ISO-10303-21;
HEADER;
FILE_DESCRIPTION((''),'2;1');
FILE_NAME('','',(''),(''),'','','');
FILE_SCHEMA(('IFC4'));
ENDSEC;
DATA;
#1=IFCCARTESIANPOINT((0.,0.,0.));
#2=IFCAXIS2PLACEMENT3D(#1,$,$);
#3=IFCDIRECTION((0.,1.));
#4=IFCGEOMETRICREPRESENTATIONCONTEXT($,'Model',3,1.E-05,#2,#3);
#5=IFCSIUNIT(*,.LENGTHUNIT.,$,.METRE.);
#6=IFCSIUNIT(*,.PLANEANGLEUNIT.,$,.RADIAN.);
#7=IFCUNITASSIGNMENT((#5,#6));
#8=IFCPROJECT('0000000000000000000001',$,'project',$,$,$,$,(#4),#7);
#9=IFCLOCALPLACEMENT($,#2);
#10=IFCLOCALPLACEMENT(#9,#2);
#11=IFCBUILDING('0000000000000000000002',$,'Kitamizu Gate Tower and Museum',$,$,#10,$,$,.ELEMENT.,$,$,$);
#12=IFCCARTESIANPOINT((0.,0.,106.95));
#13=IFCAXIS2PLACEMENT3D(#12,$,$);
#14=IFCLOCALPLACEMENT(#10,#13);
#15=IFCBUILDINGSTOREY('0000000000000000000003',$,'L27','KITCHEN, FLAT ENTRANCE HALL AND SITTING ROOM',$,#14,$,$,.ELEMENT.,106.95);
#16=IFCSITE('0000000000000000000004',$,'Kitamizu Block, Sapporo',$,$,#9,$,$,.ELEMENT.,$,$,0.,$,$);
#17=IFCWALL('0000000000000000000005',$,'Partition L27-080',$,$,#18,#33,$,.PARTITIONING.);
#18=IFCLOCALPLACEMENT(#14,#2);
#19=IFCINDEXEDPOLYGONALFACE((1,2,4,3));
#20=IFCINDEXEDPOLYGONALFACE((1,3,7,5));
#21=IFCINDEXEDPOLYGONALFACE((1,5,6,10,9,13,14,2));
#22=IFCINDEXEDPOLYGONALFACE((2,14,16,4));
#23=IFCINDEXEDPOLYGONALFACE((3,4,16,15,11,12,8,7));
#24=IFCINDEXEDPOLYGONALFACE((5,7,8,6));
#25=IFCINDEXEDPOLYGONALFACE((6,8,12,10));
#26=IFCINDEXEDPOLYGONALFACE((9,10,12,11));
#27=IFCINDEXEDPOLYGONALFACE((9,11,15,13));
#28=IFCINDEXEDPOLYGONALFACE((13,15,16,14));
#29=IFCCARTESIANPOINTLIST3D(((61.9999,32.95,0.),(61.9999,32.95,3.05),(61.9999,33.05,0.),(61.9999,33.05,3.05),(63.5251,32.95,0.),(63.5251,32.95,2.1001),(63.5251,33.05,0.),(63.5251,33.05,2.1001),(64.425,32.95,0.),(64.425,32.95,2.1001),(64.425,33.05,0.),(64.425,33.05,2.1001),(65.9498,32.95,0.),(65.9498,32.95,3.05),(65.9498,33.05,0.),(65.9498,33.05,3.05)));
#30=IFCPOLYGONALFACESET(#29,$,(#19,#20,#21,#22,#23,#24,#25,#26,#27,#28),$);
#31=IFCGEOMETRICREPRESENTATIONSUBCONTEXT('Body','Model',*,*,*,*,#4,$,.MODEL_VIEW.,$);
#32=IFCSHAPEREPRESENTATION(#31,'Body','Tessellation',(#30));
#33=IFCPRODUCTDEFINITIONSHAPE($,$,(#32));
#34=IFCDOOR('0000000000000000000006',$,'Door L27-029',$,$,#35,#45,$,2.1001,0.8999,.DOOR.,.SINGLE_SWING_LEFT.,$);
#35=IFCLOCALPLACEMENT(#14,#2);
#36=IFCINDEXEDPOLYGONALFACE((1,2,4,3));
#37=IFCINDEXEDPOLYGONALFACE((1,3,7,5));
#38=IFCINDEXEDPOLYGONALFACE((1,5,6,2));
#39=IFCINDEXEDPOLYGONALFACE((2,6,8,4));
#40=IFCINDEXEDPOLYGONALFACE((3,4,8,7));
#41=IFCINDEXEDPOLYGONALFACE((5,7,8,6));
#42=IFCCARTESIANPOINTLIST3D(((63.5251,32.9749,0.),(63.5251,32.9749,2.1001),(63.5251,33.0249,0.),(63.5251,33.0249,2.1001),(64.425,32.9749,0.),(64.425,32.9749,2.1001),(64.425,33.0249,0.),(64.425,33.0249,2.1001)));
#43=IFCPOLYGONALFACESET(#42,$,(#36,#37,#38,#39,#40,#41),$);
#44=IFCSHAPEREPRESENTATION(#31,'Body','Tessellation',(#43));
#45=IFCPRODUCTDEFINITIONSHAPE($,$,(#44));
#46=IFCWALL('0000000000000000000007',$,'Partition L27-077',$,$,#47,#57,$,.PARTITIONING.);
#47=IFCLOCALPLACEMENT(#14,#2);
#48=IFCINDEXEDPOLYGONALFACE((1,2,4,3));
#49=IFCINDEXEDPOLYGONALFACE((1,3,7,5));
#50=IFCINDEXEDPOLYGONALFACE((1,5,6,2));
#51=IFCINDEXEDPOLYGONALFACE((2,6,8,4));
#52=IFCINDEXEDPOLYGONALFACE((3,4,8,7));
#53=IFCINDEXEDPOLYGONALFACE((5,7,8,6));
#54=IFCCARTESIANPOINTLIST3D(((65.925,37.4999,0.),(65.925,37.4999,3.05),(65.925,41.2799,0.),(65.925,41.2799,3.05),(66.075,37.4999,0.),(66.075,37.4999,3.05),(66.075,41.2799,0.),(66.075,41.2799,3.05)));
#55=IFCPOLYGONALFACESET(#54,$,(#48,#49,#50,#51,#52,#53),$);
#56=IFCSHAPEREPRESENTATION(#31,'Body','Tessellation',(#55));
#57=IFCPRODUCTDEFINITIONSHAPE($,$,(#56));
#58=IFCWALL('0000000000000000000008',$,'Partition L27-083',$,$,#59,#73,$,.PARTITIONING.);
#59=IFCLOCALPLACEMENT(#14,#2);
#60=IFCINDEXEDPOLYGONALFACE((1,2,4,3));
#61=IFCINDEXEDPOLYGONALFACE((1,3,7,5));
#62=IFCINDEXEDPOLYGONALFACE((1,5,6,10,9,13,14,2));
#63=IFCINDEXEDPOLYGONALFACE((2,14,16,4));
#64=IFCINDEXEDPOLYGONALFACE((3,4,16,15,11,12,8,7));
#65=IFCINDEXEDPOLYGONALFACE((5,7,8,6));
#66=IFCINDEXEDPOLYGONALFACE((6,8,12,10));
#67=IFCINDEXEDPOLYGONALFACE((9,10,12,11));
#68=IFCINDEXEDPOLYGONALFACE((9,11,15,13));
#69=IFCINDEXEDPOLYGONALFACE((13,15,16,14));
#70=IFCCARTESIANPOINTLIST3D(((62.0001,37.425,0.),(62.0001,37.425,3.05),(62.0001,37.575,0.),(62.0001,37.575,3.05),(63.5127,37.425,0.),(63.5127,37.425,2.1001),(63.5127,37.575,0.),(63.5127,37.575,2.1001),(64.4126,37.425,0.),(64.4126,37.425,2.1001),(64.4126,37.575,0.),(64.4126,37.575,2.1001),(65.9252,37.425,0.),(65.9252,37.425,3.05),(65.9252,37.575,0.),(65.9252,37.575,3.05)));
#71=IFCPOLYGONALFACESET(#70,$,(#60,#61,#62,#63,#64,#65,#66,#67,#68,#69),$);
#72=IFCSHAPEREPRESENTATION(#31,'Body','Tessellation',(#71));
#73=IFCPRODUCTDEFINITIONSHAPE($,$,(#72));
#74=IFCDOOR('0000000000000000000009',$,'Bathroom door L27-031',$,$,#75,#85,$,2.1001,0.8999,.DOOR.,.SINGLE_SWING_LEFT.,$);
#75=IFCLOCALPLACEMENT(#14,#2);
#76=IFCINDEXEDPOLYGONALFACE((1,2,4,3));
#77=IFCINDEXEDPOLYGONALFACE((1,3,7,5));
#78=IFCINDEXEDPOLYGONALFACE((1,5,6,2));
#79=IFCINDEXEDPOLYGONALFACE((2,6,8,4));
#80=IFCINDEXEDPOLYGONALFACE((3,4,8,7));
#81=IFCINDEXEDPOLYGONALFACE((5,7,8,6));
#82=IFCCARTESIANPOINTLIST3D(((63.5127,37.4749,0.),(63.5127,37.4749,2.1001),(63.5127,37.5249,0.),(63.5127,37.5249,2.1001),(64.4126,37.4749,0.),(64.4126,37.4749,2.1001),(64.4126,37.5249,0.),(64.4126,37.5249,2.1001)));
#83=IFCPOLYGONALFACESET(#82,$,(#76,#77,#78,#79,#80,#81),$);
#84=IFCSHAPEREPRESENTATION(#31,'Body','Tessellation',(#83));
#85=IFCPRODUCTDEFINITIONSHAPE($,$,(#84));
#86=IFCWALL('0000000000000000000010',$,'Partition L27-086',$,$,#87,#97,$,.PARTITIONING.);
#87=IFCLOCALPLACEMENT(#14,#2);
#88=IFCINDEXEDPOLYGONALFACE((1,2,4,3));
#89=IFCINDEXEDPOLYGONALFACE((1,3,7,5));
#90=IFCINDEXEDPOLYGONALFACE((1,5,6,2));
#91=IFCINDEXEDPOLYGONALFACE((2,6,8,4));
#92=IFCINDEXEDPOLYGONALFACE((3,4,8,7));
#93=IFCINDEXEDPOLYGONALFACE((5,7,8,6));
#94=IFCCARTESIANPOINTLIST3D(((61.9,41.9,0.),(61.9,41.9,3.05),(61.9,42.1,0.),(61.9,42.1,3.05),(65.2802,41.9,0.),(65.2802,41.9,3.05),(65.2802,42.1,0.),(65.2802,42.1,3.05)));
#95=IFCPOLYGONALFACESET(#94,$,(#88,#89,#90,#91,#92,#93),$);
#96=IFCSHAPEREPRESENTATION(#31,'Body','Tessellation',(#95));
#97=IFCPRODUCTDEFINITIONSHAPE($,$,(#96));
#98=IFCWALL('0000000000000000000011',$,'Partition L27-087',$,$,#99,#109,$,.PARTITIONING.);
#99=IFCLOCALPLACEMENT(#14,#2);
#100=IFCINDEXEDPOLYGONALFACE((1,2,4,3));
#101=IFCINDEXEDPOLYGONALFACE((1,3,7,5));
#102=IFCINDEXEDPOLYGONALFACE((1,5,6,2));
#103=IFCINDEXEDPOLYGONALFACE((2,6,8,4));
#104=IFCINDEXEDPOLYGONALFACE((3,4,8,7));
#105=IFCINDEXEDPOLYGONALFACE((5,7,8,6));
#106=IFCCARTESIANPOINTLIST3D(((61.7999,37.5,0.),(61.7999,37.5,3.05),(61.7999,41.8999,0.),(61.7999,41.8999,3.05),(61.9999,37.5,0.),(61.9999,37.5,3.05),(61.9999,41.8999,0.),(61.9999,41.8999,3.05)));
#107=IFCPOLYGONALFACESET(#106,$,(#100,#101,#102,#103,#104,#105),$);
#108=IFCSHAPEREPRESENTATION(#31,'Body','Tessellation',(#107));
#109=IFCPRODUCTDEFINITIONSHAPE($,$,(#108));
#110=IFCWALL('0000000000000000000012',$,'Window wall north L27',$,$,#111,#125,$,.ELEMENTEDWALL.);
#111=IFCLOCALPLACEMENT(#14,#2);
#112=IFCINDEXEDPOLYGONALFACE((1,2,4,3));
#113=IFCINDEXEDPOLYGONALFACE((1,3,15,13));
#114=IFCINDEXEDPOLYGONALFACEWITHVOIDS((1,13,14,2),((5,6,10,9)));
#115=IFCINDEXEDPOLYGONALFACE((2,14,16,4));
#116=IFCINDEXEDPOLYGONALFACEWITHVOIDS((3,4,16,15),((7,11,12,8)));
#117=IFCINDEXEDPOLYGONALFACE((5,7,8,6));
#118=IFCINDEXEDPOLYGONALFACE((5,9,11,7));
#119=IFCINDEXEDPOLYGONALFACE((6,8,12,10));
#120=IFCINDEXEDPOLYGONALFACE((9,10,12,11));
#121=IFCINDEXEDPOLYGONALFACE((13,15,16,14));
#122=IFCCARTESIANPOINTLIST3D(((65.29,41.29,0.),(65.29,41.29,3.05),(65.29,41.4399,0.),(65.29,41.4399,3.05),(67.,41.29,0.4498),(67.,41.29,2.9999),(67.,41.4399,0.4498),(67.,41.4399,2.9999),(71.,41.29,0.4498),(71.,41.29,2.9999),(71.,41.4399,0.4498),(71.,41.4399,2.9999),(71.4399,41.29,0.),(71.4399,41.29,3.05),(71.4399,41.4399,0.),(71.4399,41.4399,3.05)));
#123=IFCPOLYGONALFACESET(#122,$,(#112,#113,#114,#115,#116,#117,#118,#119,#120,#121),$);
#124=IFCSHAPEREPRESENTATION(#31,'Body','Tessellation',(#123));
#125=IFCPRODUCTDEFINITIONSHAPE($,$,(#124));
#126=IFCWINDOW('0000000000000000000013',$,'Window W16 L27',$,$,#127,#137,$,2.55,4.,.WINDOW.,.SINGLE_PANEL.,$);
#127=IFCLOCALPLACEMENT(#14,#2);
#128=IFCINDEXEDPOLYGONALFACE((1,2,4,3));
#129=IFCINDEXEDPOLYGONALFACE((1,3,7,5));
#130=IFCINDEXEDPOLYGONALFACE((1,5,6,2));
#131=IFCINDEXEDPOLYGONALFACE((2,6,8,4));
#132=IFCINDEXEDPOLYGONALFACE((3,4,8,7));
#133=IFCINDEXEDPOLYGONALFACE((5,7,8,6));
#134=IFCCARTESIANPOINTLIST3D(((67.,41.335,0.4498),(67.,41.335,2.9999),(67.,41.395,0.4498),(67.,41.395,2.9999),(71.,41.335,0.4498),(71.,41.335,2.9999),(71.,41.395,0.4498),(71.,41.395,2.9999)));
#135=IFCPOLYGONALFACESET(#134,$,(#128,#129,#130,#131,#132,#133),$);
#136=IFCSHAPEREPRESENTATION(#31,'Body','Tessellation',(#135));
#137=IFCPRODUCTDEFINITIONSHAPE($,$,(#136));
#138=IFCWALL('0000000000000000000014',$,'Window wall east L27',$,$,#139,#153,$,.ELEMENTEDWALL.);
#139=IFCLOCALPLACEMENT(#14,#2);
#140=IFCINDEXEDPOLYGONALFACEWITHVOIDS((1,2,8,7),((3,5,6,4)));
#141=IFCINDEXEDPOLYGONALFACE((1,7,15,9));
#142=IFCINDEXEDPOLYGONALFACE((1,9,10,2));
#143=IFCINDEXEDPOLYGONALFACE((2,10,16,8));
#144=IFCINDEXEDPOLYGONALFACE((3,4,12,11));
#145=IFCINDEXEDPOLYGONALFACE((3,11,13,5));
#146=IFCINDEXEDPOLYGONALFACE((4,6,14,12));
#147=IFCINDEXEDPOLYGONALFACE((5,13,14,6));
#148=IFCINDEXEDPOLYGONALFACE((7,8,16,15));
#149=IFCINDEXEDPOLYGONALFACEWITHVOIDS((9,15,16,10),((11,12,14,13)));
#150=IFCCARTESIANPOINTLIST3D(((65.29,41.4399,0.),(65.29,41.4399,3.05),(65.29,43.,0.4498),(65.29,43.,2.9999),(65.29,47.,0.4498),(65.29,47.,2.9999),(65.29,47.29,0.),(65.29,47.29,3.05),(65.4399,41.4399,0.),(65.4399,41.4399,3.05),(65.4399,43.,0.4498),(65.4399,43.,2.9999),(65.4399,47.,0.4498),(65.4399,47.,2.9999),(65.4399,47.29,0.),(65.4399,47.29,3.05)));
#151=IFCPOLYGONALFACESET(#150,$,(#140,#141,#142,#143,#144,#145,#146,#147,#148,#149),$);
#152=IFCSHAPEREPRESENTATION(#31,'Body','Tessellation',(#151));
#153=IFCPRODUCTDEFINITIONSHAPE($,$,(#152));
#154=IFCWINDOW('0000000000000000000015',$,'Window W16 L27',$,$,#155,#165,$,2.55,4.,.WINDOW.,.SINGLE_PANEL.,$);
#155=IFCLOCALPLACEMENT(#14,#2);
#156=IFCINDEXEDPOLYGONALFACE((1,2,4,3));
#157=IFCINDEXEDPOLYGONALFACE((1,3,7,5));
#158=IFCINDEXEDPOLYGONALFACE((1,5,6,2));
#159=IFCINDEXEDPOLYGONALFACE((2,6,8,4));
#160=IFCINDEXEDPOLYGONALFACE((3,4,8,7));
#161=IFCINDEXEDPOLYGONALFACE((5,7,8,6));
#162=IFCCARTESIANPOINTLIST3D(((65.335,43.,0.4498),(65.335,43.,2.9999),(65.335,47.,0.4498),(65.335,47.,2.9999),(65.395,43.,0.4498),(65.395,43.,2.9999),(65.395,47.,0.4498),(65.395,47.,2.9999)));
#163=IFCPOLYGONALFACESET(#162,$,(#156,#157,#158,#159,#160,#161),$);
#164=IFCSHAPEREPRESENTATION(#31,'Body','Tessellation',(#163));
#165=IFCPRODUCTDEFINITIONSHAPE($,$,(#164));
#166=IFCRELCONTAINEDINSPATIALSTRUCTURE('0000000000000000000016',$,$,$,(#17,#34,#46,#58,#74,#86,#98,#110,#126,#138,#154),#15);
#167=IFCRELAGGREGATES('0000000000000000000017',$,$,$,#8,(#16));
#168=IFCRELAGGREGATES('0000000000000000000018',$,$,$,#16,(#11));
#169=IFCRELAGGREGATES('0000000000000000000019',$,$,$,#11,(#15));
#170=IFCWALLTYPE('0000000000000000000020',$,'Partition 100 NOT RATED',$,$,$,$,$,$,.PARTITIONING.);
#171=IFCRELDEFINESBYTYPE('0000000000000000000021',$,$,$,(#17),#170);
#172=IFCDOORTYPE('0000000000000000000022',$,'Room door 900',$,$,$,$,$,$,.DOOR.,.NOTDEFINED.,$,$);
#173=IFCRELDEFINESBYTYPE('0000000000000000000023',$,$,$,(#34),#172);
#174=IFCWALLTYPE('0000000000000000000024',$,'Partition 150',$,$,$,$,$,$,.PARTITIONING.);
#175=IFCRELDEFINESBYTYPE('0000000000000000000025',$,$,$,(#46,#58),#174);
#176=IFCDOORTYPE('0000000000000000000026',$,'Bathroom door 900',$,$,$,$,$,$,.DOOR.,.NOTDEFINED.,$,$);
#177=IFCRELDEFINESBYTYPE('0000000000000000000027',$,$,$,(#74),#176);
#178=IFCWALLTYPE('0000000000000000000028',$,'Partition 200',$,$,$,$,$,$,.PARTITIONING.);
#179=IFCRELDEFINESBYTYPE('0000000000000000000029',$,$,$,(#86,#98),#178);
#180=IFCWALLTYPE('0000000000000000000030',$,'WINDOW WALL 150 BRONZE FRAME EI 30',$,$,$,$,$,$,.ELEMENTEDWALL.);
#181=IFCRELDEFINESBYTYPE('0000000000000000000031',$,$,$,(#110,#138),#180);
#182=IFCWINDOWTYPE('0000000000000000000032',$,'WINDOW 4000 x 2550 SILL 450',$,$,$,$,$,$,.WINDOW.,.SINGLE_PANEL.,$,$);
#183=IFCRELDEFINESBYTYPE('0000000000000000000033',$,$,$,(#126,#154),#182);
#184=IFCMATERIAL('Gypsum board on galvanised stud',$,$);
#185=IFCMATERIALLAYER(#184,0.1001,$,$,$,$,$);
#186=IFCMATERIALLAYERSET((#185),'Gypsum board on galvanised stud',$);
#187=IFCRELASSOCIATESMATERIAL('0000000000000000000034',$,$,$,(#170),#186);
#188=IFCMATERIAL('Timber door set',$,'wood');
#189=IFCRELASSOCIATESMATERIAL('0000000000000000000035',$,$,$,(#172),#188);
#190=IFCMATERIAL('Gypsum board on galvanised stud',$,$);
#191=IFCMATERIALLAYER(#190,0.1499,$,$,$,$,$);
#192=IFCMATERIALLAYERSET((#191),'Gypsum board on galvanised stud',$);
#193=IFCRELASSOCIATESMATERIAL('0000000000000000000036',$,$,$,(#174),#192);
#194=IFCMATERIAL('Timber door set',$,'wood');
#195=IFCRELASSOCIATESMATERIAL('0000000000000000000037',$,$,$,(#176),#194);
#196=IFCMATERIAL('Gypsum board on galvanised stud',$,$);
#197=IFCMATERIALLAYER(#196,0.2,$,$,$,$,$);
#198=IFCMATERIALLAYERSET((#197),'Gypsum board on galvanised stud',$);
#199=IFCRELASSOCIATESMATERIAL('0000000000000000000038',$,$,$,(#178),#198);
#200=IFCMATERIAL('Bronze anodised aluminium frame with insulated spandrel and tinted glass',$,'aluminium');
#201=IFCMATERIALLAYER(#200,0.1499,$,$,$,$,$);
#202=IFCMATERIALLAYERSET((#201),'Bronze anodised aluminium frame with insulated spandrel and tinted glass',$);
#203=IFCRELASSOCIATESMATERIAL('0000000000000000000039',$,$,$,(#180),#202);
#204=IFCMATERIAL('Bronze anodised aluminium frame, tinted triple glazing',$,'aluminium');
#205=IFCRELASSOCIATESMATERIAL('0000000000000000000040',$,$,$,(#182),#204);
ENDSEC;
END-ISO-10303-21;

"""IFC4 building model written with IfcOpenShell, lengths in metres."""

from ifc_helpers import new_model, si_unit, direction, frame, frame_2d, origin, place, context, subcontext, project, spatial, rectangle, extrude, material, layer, layer_set, type_object, element, fill, save


model = new_model("IFC4")

# Units and contexts
model_context = context("Model", 3, precision=1e-05, world=origin(), true_north=direction((0.0, 1.0)))
body_context = subcontext(model_context, "Body", "Model", "MODEL_VIEW")
ifc_project = project(units=[si_unit("LENGTHUNIT", "METRE"), si_unit("PLANEANGLEUNIT", "RADIAN")], contexts=[model_context])

# Site, building, storey
site_placement = place(None, origin())
site = spatial("IfcSite", under=ifc_project, at=site_placement, Name="Kitamizu Block, Sapporo", CompositionType="ELEMENT", RefElevation=0.0)
building_placement = place(site_placement, origin())
building = spatial("IfcBuilding", under=site, at=building_placement, Name="Kitamizu Gate Tower and Museum", CompositionType="ELEMENT")
storey_placement = place(building_placement, frame((0.0, 0.0, 106.95)))
storey = spatial("IfcBuildingStorey", under=building, at=storey_placement, Name="L27", Description="KITCHEN, FLAT ENTRANCE HALL AND SITTING ROOM", CompositionType="ELEMENT", Elevation=106.95)

# Shared definitions
ifc_material_1 = material(Name="Gypsum board on galvanised stud")
ifc_layer_1 = layer(ifc_material_1, 0.1001)
ifc_layer_set_1 = layer_set([ifc_layer_1], Name="Gypsum board on galvanised stud")
wall_type_1 = type_object("IfcWallType", Name="Partition 100 NOT RATED", PredefinedType="PARTITIONING", material=ifc_layer_set_1)
ifc_material_2 = material(Name="Timber door set", Category="wood")
door_type_1 = type_object("IfcDoorType", Name="Room door 900", OperationType="NOTDEFINED", PredefinedType="DOOR", material=ifc_material_2)

# Wall, opening, door
wall_1_placement = place(storey_placement, frame((65.95, 33.0, 0.0), z_axis=(0.0, 0.0, 1.0), x_axis=(-1.0, 0.0, 0.0)))
wall_1 = element("IfcWall", 1, at=wall_1_placement, inside=storey, type_object=wall_type_1, Name="Partition L27-080", PredefinedType="PARTITIONING", context=body_context, shape_type="SweptSolid", body=[
    extrude(rectangle(XDim=3.95, YDim=0.1001, at=frame_2d((1.9751, 0.0))), origin(), (0.0, 0.0, 1.0), 3.05),
])
opening_1_placement = place(wall_1_placement, frame((1.5249, 0.0, 0.0)))
opening_1 = element("IfcOpeningElement", 2, at=opening_1_placement, cuts=wall_1, PredefinedType="OPENING", context=body_context, shape_type="SweptSolid", body=[
    extrude(rectangle(XDim=0.8999, YDim=2.1001, at=frame_2d((0.45, 1.05))), frame((0.0, 0.0601, 0.0), z_axis=(0.0, -1.0, 0.0), x_axis=(1.0, 0.0, 0.0)), (0.0, 0.0, 1.0), 0.1201),
])
door_1_placement = place(opening_1_placement, frame((0.8999, 0.0, 0.0), x_axis=(-1.0, 0.0, 0.0)))
door_1 = element("IfcDoor", 3, at=door_1_placement, inside=storey, type_object=door_type_1, Name="Door L27-029", OperationType="SINGLE_SWING_LEFT", OverallHeight=2.1001, OverallWidth=0.8999, PredefinedType="DOOR", context=body_context, shape_type="SweptSolid", body=[
    extrude(rectangle(XDim=0.8999, YDim=2.1001, at=frame_2d((0.45, 1.05))), frame((0.0, 0.0249, 0.0), z_axis=(0.0, -1.0, 0.0), x_axis=(1.0, 0.0, 0.0)), (0.0, 0.0, 1.0), 0.05),
])
fill(opening_1, door_1)

# Wall
ifc_material_3 = material(Name="Gypsum board on galvanised stud")
ifc_layer_2 = layer(ifc_material_3, 0.1499)
ifc_layer_set_2 = layer_set([ifc_layer_2], Name="Gypsum board on galvanised stud")
wall_type_2 = type_object("IfcWallType", Name="Partition 150", PredefinedType="PARTITIONING", material=ifc_layer_set_2)
wall_2_placement = place(storey_placement, frame((66.0, 41.28, 0.0), z_axis=(0.0, 0.0, 1.0), x_axis=(0.0, -1.0, 0.0)))
element("IfcWall", 4, at=wall_2_placement, inside=storey, type_object=wall_type_2, Name="Partition L27-077", PredefinedType="PARTITIONING", context=body_context, shape_type="SweptSolid", body=[
    extrude(rectangle(XDim=3.78, YDim=0.1499, at=frame_2d((1.8901, 0.0))), origin(), (0.0, 0.0, 1.0), 3.05),
])

# Wall, opening, door
wall_3_placement = place(storey_placement, frame((65.925, 37.5, 0.0), z_axis=(0.0, 0.0, 1.0), x_axis=(-1.0, 0.0, 0.0)))
wall_3 = element("IfcWall", 5, at=wall_3_placement, inside=storey, type_object=wall_type_2, Name="Partition L27-083", PredefinedType="PARTITIONING", context=body_context, shape_type="SweptSolid", body=[
    extrude(rectangle(XDim=3.925, YDim=0.1499, at=frame_2d((1.9624, 0.0))), origin(), (0.0, 0.0, 1.0), 3.05),
])
opening_2_placement = place(wall_3_placement, frame((1.5125, 0.0, 0.0)))
opening_2 = element("IfcOpeningElement", 6, at=opening_2_placement, cuts=wall_3, PredefinedType="OPENING", context=body_context, shape_type="SweptSolid", body=[
    extrude(rectangle(XDim=0.8999, YDim=2.1001, at=frame_2d((0.45, 1.05))), frame((0.0, 0.085, 0.0), z_axis=(0.0, -1.0, 0.0), x_axis=(1.0, 0.0, 0.0)), (0.0, 0.0, 1.0), 0.1699),
])
ifc_material_4 = material(Name="Timber door set", Category="wood")
door_type_2 = type_object("IfcDoorType", Name="Bathroom door 900", OperationType="NOTDEFINED", PredefinedType="DOOR", material=ifc_material_4)
door_2_placement = place(opening_2_placement, frame((0.8999, 0.0, 0.0), x_axis=(-1.0, 0.0, 0.0)))
door_2 = element("IfcDoor", 7, at=door_2_placement, inside=storey, type_object=door_type_2, Name="Bathroom door L27-031", OperationType="SINGLE_SWING_LEFT", OverallHeight=2.1001, OverallWidth=0.8999, PredefinedType="DOOR", context=body_context, shape_type="SweptSolid", body=[
    extrude(rectangle(XDim=0.8999, YDim=2.1001, at=frame_2d((0.45, 1.05))), frame((0.0, 0.0249, 0.0), z_axis=(0.0, -1.0, 0.0), x_axis=(1.0, 0.0, 0.0)), (0.0, 0.0, 1.0), 0.05),
])
fill(opening_2, door_2)

# Walls
ifc_material_5 = material(Name="Gypsum board on galvanised stud")
ifc_layer_3 = layer(ifc_material_5, 0.2)
ifc_layer_set_3 = layer_set([ifc_layer_3], Name="Gypsum board on galvanised stud")
wall_type_3 = type_object("IfcWallType", Name="Partition 200", PredefinedType="PARTITIONING", material=ifc_layer_set_3)
wall_4_placement = place(storey_placement, frame((65.28, 42.0, 0.0), z_axis=(0.0, 0.0, 1.0), x_axis=(-1.0, 0.0, 0.0)))
element("IfcWall", 8, at=wall_4_placement, inside=storey, type_object=wall_type_3, Name="Partition L27-086", PredefinedType="PARTITIONING", context=body_context, shape_type="SweptSolid", body=[
    extrude(rectangle(XDim=3.3801, YDim=0.2, at=frame_2d((1.6899, 0.0))), origin(), (0.0, 0.0, 1.0), 3.05),
])
wall_5_placement = place(storey_placement, frame((61.8999, 41.8999, 0.0), z_axis=(0.0, 0.0, 1.0), x_axis=(0.0, -1.0, 0.0)))
element("IfcWall", 9, at=wall_5_placement, inside=storey, type_object=wall_type_3, Name="Partition L27-087", PredefinedType="PARTITIONING", context=body_context, shape_type="SweptSolid", body=[
    extrude(rectangle(XDim=4.3999, YDim=0.2, at=frame_2d((2.2, 0.0))), origin(), (0.0, 0.0, 1.0), 3.05),
])

# Walls, openings, windows
ifc_material_6 = material(Name="Bronze anodised aluminium frame with insulated spandrel and tinted glass", Category="aluminium")
ifc_layer_4 = layer(ifc_material_6, 0.1499)
ifc_layer_set_4 = layer_set([ifc_layer_4], Name="Bronze anodised aluminium frame with insulated spandrel and tinted glass")
wall_type_4 = type_object("IfcWallType", Name="WINDOW WALL 150 BRONZE FRAME EI 30", PredefinedType="ELEMENTEDWALL", material=ifc_layer_set_4)
wall_6_placement = place(storey_placement, frame((65.29, 41.365, 0.0), z_axis=(0.0, 0.0, 1.0), x_axis=(1.0, 0.0, 0.0)))
wall_6 = element("IfcWall", 10, at=wall_6_placement, inside=storey, type_object=wall_type_4, Name="Window wall north L27", PredefinedType="ELEMENTEDWALL", context=body_context, shape_type="SweptSolid", body=[
    extrude(rectangle(XDim=6.1499, YDim=0.1499, at=frame_2d((3.075, 0.0))), origin(), (0.0, 0.0, 1.0), 3.05),
])
opening_3_placement = place(wall_6_placement, frame((1.71, 0.0, 0.45)))
opening_3 = element("IfcOpeningElement", 11, at=opening_3_placement, cuts=wall_6, PredefinedType="OPENING", context=body_context, shape_type="SweptSolid", body=[
    extrude(rectangle(XDim=4.0, YDim=2.55, at=frame_2d((2.0, 1.2749))), frame((0.0, 0.085, 0.0), z_axis=(0.0, -1.0, 0.0), x_axis=(1.0, 0.0, 0.0)), (0.0, 0.0, 1.0), 0.1699),
])
ifc_material_7 = material(Name="Bronze anodised aluminium frame, tinted triple glazing", Category="aluminium")
window_type = type_object("IfcWindowType", Name="WINDOW 4000 x 2550 SILL 450", PartitioningType="SINGLE_PANEL", PredefinedType="WINDOW", material=ifc_material_7)
window_1_placement = place(opening_3_placement, origin())
window_1 = element("IfcWindow", 12, at=window_1_placement, inside=storey, type_object=window_type, Name="Window W16 L27", OverallHeight=2.55, OverallWidth=4.0, PartitioningType="SINGLE_PANEL", PredefinedType="WINDOW", context=body_context, shape_type="SweptSolid", body=[
    extrude(rectangle(XDim=4.0, YDim=2.55, at=frame_2d((2.0, 1.2749))), frame((0.0, 0.03, 0.0), z_axis=(0.0, -1.0, 0.0), x_axis=(1.0, 0.0, 0.0)), (0.0, 0.0, 1.0), 0.0601),
])
fill(opening_3, window_1)
wall_7_placement = place(storey_placement, frame((65.365, 41.4399, 0.0), z_axis=(0.0, 0.0, 1.0), x_axis=(0.0, 1.0, 0.0)))
wall_7 = element("IfcWall", 13, at=wall_7_placement, inside=storey, type_object=wall_type_4, Name="Window wall east L27", PredefinedType="ELEMENTEDWALL", context=body_context, shape_type="SweptSolid", body=[
    extrude(rectangle(XDim=5.8501, YDim=0.1499, at=frame_2d((2.925, 0.0))), origin(), (0.0, 0.0, 1.0), 3.05),
])
opening_4_placement = place(wall_7_placement, frame((1.5601, 0.0, 0.45)))
opening_4 = element("IfcOpeningElement", 14, at=opening_4_placement, cuts=wall_7, PredefinedType="OPENING", context=body_context, shape_type="SweptSolid", body=[
    extrude(rectangle(XDim=4.0, YDim=2.55, at=frame_2d((2.0, 1.2749))), frame((0.0, 0.085, 0.0), z_axis=(0.0, -1.0, 0.0), x_axis=(1.0, 0.0, 0.0)), (0.0, 0.0, 1.0), 0.1699),
])
window_2_placement = place(opening_4_placement, origin())
window_2 = element("IfcWindow", 15, at=window_2_placement, inside=storey, type_object=window_type, Name="Window W16 L27", OverallHeight=2.55, OverallWidth=4.0, PartitioningType="SINGLE_PANEL", PredefinedType="WINDOW", context=body_context, shape_type="SweptSolid", body=[
    extrude(rectangle(XDim=4.0, YDim=2.55, at=frame_2d((2.0, 1.2749))), frame((0.0, 0.03, 0.0), z_axis=(0.0, -1.0, 0.0), x_axis=(1.0, 0.0, 0.0)), (0.0, 0.0, 1.0), 0.0601),
])
fill(opening_4, window_2)

save(model, "model.ifc")
